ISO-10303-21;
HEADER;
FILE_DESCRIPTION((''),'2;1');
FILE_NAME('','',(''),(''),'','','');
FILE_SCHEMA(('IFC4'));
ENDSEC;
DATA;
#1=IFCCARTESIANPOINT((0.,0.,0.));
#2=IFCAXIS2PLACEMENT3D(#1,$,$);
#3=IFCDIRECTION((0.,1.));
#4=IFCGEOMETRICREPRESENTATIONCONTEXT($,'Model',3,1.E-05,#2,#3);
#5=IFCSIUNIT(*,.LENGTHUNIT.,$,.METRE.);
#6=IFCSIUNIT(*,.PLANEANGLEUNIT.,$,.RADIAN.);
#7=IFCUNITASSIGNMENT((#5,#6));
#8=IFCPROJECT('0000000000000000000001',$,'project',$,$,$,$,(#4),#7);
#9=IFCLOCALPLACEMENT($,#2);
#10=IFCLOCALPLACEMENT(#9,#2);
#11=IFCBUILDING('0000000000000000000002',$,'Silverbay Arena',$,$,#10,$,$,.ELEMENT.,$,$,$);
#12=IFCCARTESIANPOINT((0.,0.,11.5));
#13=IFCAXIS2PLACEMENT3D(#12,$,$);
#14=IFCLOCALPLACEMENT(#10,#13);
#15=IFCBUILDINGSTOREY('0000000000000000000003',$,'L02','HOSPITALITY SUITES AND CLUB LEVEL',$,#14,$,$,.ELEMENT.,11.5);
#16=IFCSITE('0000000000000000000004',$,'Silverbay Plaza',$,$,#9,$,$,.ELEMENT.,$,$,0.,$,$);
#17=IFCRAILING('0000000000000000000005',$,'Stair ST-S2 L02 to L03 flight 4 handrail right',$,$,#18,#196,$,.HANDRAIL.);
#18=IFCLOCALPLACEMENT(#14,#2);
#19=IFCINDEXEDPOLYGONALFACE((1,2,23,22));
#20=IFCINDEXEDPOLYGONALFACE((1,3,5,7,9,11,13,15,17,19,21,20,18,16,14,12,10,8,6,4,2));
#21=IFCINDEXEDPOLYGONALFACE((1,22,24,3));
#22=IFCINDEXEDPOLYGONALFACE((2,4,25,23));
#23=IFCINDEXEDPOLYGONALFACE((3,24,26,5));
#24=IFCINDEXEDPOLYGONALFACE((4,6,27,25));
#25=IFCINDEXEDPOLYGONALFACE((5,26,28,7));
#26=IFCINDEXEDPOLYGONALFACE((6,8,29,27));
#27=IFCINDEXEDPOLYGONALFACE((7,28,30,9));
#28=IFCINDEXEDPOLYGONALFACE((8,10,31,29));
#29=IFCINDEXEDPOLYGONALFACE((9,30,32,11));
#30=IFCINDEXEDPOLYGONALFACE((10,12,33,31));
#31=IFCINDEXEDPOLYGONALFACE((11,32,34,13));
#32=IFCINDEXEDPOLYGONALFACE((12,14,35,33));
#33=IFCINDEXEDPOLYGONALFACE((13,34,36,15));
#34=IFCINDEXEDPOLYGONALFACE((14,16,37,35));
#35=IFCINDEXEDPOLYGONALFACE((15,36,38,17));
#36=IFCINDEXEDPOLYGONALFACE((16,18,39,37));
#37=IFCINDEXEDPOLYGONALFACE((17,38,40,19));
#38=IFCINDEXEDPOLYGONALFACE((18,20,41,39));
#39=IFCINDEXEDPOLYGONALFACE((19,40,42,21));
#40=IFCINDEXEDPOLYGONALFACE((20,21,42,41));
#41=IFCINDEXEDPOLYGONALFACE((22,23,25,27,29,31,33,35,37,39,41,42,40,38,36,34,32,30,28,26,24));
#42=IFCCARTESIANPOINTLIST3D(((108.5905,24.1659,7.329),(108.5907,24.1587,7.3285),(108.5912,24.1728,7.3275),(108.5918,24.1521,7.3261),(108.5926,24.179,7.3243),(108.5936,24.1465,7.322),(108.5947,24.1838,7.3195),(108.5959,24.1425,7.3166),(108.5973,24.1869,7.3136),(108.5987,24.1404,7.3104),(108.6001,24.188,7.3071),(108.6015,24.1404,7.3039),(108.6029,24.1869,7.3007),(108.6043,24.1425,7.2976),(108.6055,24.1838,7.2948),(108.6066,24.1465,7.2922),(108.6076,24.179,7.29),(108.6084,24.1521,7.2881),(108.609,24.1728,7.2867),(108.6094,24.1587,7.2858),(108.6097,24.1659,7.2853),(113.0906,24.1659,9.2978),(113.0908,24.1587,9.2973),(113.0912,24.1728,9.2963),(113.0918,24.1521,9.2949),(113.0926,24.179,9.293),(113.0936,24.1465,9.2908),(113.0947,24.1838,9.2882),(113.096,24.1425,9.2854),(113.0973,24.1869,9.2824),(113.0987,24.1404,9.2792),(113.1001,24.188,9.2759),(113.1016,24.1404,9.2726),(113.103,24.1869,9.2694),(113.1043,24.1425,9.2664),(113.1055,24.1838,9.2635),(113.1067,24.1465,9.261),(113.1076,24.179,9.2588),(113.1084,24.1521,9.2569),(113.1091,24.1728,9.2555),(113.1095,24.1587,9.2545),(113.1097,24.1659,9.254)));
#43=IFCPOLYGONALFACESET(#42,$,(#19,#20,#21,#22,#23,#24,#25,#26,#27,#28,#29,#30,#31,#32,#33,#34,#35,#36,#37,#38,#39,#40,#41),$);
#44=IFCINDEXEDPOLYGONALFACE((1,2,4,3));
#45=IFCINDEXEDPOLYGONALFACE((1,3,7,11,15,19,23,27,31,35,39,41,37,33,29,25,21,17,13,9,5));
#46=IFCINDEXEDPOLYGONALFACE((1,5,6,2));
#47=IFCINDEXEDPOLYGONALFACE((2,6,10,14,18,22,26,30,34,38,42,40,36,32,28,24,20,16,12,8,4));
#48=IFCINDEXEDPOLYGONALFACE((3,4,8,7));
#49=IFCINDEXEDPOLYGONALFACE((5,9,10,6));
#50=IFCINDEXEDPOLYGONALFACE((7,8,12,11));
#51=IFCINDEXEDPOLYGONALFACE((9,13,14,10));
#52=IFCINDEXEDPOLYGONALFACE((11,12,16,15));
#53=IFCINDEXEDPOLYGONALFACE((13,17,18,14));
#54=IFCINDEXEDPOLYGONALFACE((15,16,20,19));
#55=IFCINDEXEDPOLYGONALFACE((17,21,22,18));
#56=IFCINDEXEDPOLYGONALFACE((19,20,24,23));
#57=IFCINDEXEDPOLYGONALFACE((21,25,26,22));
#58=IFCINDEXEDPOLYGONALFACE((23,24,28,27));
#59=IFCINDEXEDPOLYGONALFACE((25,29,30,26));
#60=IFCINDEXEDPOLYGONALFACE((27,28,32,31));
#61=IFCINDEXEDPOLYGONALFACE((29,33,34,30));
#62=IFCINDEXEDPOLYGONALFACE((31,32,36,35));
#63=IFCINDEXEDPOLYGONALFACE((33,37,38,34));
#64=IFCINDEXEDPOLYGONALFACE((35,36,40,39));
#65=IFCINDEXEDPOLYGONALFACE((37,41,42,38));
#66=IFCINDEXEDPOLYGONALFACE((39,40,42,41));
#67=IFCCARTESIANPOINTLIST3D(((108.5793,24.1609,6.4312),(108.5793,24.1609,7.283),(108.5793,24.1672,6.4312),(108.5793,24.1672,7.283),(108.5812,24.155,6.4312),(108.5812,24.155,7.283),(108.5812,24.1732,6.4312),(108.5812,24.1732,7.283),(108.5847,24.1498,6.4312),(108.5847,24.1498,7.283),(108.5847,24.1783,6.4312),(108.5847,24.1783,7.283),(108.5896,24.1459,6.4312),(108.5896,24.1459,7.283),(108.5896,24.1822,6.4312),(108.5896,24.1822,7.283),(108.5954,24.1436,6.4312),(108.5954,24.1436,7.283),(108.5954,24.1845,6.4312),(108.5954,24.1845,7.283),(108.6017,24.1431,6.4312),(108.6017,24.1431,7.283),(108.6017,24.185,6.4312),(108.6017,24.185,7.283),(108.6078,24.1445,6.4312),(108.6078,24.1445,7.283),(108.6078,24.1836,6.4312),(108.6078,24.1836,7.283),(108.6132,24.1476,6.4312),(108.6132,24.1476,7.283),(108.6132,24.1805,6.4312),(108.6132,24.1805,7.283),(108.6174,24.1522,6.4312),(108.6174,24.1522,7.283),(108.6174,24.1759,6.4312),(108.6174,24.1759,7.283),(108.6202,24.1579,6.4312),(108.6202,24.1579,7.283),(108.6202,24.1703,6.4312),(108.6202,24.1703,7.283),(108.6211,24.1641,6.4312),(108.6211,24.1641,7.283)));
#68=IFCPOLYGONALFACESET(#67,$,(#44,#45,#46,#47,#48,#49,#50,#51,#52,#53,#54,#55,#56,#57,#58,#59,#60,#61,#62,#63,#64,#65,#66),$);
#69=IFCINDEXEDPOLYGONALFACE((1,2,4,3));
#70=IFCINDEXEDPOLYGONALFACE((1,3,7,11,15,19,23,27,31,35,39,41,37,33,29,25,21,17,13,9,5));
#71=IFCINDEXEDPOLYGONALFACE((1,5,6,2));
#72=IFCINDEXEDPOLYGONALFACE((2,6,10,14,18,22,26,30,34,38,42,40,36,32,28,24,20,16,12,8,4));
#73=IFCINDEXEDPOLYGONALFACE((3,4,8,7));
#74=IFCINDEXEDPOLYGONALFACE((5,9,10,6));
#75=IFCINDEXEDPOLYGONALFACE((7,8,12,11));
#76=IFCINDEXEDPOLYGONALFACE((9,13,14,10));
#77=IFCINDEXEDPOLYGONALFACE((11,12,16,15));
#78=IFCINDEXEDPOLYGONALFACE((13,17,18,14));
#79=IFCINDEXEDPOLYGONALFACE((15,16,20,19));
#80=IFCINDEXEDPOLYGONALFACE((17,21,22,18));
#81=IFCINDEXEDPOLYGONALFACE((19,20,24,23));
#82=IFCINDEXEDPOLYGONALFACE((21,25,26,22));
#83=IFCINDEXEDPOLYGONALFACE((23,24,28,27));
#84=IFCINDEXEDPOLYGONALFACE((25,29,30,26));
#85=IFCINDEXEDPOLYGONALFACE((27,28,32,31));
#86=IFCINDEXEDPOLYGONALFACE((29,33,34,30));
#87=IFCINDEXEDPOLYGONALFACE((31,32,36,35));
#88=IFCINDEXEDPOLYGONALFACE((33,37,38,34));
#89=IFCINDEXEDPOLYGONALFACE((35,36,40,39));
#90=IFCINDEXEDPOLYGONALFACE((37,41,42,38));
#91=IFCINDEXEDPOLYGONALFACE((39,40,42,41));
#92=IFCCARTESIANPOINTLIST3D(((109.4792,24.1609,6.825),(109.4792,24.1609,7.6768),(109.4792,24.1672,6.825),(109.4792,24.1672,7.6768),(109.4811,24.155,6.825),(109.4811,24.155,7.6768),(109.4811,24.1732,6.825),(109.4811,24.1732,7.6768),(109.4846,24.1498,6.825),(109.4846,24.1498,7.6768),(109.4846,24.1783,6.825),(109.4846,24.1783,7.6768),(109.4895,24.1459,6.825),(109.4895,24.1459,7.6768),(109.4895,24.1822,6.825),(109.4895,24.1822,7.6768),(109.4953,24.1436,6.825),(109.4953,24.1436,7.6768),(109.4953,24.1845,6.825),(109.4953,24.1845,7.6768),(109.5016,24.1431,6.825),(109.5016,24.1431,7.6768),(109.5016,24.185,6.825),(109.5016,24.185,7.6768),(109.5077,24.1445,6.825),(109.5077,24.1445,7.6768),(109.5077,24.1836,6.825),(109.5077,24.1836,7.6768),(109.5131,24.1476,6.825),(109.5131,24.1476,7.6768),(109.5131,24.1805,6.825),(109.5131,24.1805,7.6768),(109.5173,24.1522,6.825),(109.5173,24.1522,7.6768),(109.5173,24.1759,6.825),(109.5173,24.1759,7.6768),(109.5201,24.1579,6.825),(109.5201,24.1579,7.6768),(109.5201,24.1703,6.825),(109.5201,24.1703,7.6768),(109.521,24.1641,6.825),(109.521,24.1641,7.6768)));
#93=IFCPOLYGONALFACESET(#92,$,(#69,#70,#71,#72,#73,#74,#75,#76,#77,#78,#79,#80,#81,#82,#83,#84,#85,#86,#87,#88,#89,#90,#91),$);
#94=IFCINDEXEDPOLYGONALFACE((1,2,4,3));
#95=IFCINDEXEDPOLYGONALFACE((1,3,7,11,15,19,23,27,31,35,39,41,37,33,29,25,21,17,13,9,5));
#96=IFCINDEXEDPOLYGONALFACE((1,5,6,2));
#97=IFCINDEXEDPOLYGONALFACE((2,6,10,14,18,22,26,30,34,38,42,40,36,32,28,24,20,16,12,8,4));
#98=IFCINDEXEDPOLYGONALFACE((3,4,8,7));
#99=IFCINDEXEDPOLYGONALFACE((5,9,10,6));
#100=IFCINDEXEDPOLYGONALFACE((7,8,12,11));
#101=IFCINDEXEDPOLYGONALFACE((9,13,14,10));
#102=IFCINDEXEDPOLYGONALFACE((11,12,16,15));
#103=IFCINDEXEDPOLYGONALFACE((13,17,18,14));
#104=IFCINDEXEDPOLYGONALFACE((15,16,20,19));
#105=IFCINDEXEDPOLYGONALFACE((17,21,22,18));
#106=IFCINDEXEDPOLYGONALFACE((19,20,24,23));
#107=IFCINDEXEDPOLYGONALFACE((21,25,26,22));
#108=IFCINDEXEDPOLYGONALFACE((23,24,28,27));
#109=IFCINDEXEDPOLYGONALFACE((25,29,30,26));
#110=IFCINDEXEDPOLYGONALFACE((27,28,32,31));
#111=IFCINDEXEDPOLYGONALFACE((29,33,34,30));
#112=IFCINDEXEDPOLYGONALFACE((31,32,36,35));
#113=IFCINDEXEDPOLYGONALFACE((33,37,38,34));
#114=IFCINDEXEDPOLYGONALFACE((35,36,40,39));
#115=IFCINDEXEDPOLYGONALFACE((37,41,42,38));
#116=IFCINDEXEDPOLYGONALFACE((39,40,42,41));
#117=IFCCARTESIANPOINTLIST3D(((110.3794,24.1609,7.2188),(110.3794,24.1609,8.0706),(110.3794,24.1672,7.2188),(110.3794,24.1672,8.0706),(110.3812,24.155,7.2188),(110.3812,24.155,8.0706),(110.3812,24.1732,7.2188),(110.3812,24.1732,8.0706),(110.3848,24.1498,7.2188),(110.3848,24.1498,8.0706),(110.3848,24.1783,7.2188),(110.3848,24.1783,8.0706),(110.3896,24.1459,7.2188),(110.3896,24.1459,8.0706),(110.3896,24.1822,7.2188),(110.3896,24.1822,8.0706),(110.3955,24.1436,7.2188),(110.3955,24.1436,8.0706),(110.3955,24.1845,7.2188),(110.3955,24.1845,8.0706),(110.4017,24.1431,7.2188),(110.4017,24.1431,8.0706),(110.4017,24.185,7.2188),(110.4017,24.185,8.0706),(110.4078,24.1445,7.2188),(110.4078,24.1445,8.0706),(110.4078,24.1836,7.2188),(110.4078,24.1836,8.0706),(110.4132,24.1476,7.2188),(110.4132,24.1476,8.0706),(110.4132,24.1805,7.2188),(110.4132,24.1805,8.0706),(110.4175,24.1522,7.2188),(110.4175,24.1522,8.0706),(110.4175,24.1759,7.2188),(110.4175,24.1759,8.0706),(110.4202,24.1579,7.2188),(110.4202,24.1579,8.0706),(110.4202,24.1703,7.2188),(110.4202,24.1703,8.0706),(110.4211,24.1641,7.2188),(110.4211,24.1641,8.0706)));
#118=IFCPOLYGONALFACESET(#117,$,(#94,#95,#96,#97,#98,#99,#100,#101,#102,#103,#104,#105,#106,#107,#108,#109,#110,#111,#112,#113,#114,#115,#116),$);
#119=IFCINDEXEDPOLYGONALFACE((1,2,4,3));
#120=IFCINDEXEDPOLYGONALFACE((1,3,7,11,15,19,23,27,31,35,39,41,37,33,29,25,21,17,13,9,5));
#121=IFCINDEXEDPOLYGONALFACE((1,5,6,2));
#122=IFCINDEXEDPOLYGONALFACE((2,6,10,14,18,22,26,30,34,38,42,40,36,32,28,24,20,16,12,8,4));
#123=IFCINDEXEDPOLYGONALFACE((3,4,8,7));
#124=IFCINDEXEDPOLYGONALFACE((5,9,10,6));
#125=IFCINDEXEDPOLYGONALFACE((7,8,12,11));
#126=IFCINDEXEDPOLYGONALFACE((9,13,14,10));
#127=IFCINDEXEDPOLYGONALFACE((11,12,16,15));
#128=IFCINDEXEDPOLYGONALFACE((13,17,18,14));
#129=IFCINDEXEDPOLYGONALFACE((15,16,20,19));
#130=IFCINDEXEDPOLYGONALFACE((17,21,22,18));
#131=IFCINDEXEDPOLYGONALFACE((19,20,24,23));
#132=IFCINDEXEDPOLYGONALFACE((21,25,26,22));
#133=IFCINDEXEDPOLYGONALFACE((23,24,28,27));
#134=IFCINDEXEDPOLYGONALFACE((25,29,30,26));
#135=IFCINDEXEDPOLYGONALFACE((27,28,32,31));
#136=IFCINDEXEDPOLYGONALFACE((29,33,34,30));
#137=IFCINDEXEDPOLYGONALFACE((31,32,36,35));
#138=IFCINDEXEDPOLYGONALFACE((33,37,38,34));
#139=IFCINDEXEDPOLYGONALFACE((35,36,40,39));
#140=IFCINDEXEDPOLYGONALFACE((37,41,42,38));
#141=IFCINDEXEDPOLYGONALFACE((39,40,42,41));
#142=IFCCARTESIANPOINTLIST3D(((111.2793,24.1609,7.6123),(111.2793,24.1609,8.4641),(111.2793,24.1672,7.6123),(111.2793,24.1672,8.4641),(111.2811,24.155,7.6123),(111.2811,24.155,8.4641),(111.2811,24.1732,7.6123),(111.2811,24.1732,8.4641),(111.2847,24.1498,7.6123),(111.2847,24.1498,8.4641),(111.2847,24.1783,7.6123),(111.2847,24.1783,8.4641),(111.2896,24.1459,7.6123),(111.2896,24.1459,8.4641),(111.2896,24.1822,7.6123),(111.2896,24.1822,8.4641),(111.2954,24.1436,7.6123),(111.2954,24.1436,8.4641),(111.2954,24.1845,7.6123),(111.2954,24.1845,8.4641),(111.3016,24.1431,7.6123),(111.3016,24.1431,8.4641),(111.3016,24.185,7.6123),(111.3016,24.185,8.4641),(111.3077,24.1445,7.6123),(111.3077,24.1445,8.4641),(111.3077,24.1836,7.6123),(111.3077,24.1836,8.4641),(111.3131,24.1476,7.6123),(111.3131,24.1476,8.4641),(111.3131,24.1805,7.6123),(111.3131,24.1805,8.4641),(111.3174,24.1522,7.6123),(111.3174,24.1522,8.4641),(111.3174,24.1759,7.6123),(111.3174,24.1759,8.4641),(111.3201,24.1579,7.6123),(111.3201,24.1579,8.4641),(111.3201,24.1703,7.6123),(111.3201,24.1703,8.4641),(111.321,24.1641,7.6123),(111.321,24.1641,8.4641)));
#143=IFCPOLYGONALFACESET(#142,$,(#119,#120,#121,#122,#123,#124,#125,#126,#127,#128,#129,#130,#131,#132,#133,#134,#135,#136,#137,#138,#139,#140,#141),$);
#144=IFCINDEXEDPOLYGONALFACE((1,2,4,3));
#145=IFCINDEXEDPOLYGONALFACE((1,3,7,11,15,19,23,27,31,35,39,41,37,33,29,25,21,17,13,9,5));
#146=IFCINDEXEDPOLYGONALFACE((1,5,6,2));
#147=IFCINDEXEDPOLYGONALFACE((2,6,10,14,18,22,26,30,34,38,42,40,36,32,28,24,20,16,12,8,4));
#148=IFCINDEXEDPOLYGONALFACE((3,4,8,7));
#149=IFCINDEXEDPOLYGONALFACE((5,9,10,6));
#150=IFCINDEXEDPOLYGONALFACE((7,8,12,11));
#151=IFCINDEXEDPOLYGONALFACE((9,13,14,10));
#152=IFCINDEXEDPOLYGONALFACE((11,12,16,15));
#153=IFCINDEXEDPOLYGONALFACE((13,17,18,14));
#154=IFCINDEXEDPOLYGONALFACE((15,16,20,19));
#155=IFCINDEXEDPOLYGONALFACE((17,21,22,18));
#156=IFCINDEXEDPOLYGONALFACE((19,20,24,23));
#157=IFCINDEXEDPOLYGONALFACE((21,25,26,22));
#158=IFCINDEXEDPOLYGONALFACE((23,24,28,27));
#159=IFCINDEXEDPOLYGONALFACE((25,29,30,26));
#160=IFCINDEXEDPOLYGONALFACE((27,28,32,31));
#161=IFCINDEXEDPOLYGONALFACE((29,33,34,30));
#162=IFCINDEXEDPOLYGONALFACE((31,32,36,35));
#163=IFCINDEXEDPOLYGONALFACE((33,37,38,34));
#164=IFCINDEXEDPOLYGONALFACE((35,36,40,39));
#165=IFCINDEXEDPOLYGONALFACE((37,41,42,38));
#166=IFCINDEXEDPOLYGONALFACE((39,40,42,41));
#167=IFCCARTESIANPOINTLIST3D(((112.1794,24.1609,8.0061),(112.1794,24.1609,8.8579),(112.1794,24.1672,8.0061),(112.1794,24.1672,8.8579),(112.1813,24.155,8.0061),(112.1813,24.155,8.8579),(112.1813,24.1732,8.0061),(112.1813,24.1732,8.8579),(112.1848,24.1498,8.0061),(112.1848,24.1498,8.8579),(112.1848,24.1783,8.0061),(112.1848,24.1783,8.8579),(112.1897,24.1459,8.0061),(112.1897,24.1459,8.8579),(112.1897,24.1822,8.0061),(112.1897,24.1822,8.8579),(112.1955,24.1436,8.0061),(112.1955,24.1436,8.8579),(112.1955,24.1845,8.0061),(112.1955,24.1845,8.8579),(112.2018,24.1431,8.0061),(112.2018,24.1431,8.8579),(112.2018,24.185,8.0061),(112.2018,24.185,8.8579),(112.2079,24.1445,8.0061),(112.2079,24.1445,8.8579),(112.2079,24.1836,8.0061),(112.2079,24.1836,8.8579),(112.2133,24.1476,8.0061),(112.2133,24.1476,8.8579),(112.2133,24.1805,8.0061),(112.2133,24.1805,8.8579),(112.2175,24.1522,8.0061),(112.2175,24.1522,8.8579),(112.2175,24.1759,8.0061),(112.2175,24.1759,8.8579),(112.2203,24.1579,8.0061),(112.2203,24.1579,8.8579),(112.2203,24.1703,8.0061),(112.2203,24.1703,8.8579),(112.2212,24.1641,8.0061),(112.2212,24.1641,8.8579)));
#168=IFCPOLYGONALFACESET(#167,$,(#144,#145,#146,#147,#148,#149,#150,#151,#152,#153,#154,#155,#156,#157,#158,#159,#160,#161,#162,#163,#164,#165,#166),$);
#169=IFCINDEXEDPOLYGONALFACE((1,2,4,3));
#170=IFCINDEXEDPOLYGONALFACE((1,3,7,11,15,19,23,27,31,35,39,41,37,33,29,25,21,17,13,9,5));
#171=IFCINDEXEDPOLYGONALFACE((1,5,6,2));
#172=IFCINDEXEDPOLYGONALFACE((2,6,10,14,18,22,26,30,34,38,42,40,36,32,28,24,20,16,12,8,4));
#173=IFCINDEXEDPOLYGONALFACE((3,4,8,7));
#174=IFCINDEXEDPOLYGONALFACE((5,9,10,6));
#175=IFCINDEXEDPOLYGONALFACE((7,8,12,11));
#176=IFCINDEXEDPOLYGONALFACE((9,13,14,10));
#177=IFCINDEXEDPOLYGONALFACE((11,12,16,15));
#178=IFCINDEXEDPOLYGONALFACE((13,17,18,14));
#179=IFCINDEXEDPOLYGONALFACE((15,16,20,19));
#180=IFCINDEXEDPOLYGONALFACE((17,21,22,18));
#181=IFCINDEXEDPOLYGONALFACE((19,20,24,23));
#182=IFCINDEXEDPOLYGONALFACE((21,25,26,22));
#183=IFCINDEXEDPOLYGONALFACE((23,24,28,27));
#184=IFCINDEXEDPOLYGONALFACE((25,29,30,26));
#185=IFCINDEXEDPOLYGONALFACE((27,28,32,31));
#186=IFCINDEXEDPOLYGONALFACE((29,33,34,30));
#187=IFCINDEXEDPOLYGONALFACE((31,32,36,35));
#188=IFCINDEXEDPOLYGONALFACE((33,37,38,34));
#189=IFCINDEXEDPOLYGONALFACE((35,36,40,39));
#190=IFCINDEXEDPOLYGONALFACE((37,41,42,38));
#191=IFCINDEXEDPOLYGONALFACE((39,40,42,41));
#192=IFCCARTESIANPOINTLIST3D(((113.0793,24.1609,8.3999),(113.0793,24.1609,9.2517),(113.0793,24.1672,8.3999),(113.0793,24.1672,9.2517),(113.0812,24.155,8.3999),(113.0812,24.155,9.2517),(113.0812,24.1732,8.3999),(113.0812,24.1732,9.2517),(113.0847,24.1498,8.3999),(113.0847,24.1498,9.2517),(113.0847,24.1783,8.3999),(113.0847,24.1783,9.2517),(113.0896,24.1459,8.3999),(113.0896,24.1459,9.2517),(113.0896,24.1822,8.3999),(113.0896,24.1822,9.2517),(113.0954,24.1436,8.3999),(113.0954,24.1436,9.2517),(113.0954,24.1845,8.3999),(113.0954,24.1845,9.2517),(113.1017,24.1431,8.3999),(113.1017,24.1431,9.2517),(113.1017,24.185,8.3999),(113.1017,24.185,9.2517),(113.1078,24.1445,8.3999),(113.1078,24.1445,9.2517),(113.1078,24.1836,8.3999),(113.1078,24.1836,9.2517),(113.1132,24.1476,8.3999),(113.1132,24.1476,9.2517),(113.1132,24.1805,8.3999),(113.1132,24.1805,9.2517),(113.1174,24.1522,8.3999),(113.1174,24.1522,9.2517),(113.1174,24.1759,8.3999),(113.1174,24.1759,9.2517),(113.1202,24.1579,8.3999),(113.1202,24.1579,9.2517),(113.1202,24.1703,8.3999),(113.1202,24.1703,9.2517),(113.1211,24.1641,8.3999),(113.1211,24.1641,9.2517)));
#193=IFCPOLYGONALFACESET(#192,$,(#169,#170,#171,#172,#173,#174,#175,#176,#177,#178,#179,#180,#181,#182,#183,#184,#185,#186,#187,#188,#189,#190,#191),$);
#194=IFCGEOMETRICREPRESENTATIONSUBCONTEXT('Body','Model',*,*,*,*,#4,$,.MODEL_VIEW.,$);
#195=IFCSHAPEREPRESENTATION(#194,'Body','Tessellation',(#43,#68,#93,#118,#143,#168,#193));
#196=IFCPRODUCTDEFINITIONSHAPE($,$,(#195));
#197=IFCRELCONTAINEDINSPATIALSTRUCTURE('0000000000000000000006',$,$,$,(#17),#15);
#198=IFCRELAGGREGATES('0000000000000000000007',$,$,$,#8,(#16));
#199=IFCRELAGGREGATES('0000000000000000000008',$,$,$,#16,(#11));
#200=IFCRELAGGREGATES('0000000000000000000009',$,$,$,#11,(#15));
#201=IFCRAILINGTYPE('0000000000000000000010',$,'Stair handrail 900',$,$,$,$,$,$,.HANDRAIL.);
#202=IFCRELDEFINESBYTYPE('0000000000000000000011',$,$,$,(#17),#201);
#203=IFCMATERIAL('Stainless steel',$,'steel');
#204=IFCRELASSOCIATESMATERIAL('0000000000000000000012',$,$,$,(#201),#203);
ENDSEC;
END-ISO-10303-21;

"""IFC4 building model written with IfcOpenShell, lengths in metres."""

from ifc_helpers import new_model, si_unit, direction, frame, origin, origin_2d, place, context, subcontext, project, spatial, circle, extrude, material, type_object, element, save


model = new_model("IFC4")

# Units and contexts
model_context = context("Model", 3, precision=1e-05, world=origin(), true_north=direction((0.0, 1.0)))
body_context = subcontext(model_context, "Body", "Model", "MODEL_VIEW")
ifc_project = project(units=[si_unit("LENGTHUNIT", "METRE"), si_unit("PLANEANGLEUNIT", "RADIAN")], contexts=[model_context])

# Site, building, storey
site_placement = place(None, origin())
site = spatial("IfcSite", under=ifc_project, at=site_placement, Name="Silverbay Plaza", CompositionType="ELEMENT", RefElevation=0.0)
building_placement = place(site_placement, origin())
building = spatial("IfcBuilding", under=site, at=building_placement, Name="Silverbay Arena", CompositionType="ELEMENT")
storey_placement = place(building_placement, frame((0.0, 0.0, 11.5)))
storey = spatial("IfcBuildingStorey", under=building, at=storey_placement, Name="L02", Description="HOSPITALITY SUITES AND CLUB LEVEL", CompositionType="ELEMENT", Elevation=11.5)

# Railing
ifc_material_1 = material(Name="Stainless steel", Category="steel")
railing_type_1 = type_object("IfcRailingType", Name="Stair handrail 900", PredefinedType="HANDRAIL", material=ifc_material_1)
for number, where, name in (
    (1, (108.6001, 24.1641, 6.4312), "Stair ST-S2 L02 to L03 flight 4 handrail right"),
):
    element("IfcRailing", number, at=place(storey_placement, frame(where)), inside=storey, type_object=railing_type_1, Name=name, PredefinedType="HANDRAIL", context=body_context, shape_type="SweptSolid", body=[
        extrude(circle(Radius=0.0239, at=origin_2d()), frame((0.0, 0.0, 0.876), z_axis=(0.916157, 0.0, 0.400819), x_axis=(0.0, 1.0, 0.0)), (0.0, 0.0, 1.0), 4.9119),
        extrude(circle(Radius=0.021, at=origin_2d()), origin(), (0.0, 0.0, 1.0), 0.8518),
        extrude(circle(Radius=0.021, at=origin_2d()), frame((0.8999, 0.0, 0.3938)), (0.0, 0.0, 1.0), 0.8518),
        extrude(circle(Radius=0.021, at=origin_2d()), frame((1.8, 0.0, 0.7876)), (0.0, 0.0, 1.0), 0.8518),
        extrude(circle(Radius=0.021, at=origin_2d()), frame((2.7, 0.0, 1.1812)), (0.0, 0.0, 1.0), 0.8518),
        extrude(circle(Radius=0.021, at=origin_2d()), frame((3.6001, 0.0, 1.575)), (0.0, 0.0, 1.0), 0.8518),
        extrude(circle(Radius=0.021, at=origin_2d()), frame((4.5, 0.0, 1.9688)), (0.0, 0.0, 1.0), 0.8518),
    ])

save(model, "model.ifc")
